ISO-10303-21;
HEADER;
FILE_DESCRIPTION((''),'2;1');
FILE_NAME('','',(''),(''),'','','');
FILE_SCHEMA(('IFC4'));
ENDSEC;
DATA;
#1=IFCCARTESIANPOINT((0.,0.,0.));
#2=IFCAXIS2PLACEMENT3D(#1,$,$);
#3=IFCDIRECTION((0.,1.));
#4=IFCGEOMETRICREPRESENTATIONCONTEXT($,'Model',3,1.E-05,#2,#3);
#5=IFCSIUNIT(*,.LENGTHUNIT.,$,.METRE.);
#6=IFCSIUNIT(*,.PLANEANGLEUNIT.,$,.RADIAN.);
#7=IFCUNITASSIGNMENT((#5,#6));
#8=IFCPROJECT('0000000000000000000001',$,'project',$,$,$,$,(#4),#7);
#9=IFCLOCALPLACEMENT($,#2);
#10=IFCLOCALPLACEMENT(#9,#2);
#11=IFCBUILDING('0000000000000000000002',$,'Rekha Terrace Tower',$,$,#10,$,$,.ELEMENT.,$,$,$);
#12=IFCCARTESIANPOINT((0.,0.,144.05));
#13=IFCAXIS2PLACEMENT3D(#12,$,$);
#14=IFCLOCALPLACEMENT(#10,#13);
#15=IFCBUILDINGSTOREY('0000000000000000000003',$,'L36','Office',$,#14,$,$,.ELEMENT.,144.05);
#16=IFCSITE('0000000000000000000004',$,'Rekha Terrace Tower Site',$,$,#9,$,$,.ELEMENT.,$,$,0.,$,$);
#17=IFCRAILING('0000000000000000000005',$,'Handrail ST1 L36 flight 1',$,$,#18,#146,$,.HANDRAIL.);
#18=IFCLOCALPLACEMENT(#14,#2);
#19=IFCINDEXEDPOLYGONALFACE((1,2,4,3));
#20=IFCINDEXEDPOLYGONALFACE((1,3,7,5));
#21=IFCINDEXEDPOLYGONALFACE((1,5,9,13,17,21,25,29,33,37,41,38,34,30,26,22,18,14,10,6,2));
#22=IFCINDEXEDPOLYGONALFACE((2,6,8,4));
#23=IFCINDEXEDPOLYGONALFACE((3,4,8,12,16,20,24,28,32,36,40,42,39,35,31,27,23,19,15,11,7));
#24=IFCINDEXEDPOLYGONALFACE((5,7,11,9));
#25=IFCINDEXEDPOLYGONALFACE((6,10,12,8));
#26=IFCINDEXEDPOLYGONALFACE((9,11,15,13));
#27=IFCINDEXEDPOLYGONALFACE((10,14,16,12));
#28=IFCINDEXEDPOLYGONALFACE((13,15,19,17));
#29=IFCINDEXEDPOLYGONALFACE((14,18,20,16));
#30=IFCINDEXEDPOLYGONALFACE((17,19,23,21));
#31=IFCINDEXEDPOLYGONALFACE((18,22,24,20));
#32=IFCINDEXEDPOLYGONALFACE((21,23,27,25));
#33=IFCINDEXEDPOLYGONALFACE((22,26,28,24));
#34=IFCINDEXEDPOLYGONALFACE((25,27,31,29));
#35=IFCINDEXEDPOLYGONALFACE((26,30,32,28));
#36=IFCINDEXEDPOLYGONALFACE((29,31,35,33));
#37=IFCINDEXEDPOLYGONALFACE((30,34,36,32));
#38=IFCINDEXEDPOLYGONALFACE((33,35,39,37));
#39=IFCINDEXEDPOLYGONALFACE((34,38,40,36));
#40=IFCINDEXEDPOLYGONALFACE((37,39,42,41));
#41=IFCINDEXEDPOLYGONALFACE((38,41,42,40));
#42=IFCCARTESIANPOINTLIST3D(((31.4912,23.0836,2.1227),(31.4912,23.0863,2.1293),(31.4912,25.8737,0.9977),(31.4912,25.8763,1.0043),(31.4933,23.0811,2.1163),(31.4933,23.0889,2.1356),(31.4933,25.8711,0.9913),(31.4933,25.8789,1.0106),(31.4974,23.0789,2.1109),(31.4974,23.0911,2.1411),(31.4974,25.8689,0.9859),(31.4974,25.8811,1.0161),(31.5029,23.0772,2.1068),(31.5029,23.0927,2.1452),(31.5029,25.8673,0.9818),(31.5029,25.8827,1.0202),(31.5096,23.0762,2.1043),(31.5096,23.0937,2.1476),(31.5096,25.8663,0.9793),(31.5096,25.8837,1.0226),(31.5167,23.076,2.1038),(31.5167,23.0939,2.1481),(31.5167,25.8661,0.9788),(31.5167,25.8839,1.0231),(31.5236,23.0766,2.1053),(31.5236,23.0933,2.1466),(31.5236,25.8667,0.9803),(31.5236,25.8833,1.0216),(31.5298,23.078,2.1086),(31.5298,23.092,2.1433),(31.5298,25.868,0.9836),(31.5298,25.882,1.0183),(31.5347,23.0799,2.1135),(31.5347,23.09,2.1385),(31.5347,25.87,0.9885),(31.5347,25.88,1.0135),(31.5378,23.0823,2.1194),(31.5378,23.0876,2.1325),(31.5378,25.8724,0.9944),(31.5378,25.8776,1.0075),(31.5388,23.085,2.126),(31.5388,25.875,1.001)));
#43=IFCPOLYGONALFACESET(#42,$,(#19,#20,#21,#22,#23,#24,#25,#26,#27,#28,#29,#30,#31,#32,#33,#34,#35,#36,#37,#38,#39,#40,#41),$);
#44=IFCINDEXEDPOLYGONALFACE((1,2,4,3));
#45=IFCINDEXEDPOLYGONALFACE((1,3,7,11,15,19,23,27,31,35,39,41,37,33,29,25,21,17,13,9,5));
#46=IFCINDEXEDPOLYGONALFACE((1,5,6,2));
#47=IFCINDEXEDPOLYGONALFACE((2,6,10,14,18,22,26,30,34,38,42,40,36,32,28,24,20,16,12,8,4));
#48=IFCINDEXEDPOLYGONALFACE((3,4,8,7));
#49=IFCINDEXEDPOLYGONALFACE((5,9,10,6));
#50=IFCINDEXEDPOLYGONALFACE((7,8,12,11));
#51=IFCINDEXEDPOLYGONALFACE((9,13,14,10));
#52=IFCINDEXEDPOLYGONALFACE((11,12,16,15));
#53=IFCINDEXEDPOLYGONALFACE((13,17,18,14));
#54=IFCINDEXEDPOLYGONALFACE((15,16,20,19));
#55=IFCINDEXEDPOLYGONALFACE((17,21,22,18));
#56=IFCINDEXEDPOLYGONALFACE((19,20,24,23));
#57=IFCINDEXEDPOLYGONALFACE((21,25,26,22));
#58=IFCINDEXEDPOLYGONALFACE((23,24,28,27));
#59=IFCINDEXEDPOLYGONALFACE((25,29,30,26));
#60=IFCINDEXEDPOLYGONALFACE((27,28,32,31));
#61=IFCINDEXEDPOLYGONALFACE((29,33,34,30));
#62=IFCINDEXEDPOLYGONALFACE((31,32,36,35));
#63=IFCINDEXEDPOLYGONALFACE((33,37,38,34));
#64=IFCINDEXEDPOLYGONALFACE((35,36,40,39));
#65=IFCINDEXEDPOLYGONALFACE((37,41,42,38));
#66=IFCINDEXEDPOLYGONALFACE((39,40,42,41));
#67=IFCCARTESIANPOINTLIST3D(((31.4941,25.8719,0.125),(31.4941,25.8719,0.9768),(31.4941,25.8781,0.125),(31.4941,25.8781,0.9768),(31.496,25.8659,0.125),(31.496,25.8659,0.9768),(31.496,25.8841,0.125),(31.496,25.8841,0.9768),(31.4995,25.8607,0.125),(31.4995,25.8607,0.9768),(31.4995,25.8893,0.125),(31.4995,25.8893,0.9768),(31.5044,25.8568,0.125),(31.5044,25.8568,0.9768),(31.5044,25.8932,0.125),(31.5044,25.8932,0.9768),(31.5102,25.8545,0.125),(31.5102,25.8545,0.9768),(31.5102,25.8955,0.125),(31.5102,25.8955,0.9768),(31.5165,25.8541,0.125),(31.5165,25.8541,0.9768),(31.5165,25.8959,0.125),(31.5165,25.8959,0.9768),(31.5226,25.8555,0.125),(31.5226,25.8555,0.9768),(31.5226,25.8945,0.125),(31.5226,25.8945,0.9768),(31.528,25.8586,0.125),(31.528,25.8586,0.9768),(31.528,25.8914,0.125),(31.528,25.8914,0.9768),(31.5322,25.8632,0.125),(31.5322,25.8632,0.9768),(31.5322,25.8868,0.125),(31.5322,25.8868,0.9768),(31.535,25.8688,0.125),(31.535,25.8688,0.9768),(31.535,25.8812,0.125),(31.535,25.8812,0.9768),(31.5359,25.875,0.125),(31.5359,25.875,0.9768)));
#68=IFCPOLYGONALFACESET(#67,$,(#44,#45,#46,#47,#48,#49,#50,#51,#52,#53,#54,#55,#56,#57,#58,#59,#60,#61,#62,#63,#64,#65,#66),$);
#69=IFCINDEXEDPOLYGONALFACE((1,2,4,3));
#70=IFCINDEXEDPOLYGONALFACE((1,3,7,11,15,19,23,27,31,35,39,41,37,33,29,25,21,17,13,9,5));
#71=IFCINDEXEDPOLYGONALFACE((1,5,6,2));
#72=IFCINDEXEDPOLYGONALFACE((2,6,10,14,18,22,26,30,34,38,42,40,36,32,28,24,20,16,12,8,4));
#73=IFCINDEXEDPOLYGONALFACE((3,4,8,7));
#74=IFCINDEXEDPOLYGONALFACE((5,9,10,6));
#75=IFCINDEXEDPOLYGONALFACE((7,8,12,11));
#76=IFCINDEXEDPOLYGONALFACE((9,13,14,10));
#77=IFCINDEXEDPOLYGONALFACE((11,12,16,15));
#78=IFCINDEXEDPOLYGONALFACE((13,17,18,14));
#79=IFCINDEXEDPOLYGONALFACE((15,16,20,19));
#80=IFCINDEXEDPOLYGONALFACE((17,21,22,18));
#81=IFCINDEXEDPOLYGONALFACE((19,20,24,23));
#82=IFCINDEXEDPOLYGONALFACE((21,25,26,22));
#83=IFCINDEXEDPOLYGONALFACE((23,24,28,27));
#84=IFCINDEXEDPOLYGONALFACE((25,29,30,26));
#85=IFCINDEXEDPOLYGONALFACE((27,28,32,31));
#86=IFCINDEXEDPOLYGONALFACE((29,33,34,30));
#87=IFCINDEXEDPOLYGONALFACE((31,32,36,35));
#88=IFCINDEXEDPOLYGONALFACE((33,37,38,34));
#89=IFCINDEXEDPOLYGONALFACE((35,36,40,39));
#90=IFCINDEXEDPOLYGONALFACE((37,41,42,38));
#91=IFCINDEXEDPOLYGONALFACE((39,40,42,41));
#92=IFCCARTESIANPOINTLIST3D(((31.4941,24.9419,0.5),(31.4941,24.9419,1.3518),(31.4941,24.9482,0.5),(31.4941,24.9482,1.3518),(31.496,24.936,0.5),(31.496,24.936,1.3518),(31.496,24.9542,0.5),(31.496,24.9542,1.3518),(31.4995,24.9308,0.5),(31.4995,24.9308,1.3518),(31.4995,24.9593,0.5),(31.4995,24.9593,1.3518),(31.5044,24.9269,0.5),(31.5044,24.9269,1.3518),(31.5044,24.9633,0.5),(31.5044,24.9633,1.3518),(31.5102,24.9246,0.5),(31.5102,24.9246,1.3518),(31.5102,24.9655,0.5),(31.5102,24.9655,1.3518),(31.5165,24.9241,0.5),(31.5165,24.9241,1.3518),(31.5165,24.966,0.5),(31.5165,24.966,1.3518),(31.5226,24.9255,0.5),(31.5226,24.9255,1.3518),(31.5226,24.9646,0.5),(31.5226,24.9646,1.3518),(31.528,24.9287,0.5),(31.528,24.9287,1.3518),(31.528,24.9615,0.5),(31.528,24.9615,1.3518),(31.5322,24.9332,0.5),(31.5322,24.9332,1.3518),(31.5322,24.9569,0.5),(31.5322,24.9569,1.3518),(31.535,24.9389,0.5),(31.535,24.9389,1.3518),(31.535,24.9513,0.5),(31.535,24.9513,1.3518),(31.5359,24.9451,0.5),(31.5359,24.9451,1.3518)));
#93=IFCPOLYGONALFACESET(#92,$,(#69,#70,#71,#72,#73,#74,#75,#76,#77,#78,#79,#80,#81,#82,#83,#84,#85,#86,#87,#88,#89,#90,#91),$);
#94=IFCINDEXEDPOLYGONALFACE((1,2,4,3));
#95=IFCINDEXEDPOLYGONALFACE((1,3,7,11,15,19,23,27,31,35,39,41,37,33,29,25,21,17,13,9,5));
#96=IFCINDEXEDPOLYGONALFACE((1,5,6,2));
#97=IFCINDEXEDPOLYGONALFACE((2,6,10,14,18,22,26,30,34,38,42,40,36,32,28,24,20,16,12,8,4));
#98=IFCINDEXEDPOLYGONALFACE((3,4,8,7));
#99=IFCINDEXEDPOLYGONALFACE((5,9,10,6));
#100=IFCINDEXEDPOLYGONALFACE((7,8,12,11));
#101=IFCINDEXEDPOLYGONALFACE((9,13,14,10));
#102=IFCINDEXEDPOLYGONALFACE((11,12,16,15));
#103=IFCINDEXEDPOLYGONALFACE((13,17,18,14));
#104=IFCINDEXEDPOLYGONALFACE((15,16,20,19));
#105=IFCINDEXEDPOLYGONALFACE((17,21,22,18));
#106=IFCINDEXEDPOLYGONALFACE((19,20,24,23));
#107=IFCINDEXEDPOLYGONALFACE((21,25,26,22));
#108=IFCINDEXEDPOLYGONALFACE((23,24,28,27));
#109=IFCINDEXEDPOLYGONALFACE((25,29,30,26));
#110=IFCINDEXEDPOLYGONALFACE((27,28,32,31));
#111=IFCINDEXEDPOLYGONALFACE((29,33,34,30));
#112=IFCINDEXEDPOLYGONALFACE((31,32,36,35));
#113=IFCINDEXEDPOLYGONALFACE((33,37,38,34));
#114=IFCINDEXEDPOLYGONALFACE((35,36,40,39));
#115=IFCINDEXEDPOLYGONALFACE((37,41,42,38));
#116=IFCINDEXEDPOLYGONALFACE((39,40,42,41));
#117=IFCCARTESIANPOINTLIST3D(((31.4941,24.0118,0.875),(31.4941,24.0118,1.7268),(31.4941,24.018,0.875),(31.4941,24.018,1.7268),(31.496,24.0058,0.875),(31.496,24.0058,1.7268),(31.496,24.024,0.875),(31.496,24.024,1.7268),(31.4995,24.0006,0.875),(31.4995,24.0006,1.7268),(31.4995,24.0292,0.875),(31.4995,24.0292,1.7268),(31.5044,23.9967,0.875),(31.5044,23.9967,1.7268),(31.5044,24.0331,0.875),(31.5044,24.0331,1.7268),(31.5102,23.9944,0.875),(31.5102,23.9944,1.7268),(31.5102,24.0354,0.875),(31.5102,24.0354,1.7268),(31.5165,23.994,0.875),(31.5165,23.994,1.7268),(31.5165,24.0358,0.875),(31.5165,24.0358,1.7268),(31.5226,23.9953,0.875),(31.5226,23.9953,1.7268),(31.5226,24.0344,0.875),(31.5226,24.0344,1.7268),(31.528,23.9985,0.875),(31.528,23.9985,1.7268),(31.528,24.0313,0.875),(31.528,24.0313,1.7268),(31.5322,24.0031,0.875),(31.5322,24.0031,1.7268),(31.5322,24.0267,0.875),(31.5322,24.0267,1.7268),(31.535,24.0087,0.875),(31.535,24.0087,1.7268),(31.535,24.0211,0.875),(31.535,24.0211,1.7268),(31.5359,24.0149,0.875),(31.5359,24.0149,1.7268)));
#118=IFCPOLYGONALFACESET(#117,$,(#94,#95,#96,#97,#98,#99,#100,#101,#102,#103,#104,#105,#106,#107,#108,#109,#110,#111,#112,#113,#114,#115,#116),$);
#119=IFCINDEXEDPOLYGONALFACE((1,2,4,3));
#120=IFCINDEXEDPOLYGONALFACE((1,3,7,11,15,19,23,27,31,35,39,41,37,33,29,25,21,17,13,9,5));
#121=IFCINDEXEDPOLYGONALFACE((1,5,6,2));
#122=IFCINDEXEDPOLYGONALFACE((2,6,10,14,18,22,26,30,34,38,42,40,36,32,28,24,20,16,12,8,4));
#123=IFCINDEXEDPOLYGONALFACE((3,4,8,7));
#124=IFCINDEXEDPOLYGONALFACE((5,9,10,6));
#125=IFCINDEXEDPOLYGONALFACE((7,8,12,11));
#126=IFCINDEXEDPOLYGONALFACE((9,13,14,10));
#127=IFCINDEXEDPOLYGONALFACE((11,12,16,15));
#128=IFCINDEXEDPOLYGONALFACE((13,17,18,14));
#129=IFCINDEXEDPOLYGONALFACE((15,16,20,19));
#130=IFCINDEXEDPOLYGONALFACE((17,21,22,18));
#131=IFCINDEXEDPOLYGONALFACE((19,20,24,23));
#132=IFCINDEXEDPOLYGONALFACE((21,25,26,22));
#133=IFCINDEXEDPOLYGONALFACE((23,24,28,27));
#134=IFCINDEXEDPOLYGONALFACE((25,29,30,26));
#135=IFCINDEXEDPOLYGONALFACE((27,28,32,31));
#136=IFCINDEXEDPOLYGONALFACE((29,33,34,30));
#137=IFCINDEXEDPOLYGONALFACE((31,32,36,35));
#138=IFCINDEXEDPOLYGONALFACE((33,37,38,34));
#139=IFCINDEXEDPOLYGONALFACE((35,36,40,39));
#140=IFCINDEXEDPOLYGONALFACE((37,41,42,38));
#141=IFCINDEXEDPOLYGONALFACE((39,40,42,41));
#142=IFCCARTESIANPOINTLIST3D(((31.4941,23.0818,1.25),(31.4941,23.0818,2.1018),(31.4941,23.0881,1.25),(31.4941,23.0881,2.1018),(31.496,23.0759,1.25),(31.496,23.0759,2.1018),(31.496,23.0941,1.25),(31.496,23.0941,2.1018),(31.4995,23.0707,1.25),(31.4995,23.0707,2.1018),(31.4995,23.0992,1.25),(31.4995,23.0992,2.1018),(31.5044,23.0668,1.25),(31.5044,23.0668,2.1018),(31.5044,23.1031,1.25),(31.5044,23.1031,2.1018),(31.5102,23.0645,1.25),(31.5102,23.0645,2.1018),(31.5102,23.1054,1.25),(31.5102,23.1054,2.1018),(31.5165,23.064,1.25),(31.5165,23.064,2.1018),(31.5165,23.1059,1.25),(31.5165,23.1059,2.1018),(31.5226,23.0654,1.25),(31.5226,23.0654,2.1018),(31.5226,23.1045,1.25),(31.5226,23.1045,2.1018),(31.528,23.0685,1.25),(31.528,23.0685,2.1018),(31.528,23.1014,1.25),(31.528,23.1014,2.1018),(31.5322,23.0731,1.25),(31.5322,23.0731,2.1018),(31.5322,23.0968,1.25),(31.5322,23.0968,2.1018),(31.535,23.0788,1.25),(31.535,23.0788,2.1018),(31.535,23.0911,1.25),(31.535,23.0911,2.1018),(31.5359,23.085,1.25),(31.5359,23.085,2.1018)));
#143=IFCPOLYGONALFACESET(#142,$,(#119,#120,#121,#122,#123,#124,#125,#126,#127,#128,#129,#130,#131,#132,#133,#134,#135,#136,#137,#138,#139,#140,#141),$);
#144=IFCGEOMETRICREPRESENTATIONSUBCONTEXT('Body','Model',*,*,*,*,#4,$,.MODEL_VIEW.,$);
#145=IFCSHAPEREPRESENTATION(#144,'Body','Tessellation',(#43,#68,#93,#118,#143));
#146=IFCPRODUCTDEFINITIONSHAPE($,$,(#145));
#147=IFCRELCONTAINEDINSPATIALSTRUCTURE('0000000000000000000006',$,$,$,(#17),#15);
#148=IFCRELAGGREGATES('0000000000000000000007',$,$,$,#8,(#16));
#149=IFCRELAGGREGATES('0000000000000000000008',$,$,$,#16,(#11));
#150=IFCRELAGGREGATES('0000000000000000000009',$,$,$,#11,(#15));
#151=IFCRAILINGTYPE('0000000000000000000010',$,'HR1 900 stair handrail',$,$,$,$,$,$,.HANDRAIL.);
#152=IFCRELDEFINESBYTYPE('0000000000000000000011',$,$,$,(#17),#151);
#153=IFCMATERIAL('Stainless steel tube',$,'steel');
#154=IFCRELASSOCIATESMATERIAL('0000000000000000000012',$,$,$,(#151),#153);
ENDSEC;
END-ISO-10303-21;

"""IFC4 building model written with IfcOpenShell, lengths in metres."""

from ifc_helpers import new_model, si_unit, direction, frame, origin, origin_2d, place, context, subcontext, project, spatial, circle, extrude, material, type_object, element, save


model = new_model("IFC4")

# Units and contexts
model_context = context("Model", 3, precision=1e-05, world=origin(), true_north=direction((0.0, 1.0)))
body_context = subcontext(model_context, "Body", "Model", "MODEL_VIEW")
ifc_project = project(units=[si_unit("LENGTHUNIT", "METRE"), si_unit("PLANEANGLEUNIT", "RADIAN")], contexts=[model_context])

# Site, building, storey
site_placement = place(None, origin())
site = spatial("IfcSite", under=ifc_project, at=site_placement, Name="Rekha Terrace Tower Site", CompositionType="ELEMENT", RefElevation=0.0)
building_placement = place(site_placement, origin())
building = spatial("IfcBuilding", under=site, at=building_placement, Name="Rekha Terrace Tower", CompositionType="ELEMENT")
storey_placement = place(building_placement, frame((0.0, 0.0, 144.05)))
storey = spatial("IfcBuildingStorey", under=building, at=storey_placement, Name="L36", Description="Office", CompositionType="ELEMENT", Elevation=144.05)

# Railing
ifc_material_1 = material(Name="Stainless steel tube", Category="steel")
railing_type_1 = type_object("IfcRailingType", Name="HR1 900 stair handrail", PredefinedType="HANDRAIL", material=ifc_material_1)
railing_1_placement = place(storey_placement, frame((31.5149, 25.875, 0.125)))
element("IfcRailing", 1, at=railing_1_placement, inside=storey, type_object=railing_type_1, Name="Handrail ST1 L36 flight 1", PredefinedType="HANDRAIL", context=body_context, shape_type="SweptSolid", body=[
    extrude(circle(Radius=0.0239, at=origin_2d()), frame((0.0, 0.0, 0.876), z_axis=(0.0, -0.927443, 0.373964), x_axis=(1.0, 0.0, 0.0)), (0.0, 0.0, 1.0), 3.0083),
    extrude(circle(Radius=0.021, at=origin_2d()), origin(), (0.0, 0.0, 1.0), 0.8518),
    extrude(circle(Radius=0.021, at=origin_2d()), frame((0.0, -0.9299, 0.375)), (0.0, 0.0, 1.0), 0.8518),
    extrude(circle(Radius=0.021, at=origin_2d()), frame((0.0, -1.8601, 0.75)), (0.0, 0.0, 1.0), 0.8518),
    extrude(circle(Radius=0.021, at=origin_2d()), frame((0.0, -2.79, 1.125)), (0.0, 0.0, 1.0), 0.8518),
])

save(model, "model.ifc")
